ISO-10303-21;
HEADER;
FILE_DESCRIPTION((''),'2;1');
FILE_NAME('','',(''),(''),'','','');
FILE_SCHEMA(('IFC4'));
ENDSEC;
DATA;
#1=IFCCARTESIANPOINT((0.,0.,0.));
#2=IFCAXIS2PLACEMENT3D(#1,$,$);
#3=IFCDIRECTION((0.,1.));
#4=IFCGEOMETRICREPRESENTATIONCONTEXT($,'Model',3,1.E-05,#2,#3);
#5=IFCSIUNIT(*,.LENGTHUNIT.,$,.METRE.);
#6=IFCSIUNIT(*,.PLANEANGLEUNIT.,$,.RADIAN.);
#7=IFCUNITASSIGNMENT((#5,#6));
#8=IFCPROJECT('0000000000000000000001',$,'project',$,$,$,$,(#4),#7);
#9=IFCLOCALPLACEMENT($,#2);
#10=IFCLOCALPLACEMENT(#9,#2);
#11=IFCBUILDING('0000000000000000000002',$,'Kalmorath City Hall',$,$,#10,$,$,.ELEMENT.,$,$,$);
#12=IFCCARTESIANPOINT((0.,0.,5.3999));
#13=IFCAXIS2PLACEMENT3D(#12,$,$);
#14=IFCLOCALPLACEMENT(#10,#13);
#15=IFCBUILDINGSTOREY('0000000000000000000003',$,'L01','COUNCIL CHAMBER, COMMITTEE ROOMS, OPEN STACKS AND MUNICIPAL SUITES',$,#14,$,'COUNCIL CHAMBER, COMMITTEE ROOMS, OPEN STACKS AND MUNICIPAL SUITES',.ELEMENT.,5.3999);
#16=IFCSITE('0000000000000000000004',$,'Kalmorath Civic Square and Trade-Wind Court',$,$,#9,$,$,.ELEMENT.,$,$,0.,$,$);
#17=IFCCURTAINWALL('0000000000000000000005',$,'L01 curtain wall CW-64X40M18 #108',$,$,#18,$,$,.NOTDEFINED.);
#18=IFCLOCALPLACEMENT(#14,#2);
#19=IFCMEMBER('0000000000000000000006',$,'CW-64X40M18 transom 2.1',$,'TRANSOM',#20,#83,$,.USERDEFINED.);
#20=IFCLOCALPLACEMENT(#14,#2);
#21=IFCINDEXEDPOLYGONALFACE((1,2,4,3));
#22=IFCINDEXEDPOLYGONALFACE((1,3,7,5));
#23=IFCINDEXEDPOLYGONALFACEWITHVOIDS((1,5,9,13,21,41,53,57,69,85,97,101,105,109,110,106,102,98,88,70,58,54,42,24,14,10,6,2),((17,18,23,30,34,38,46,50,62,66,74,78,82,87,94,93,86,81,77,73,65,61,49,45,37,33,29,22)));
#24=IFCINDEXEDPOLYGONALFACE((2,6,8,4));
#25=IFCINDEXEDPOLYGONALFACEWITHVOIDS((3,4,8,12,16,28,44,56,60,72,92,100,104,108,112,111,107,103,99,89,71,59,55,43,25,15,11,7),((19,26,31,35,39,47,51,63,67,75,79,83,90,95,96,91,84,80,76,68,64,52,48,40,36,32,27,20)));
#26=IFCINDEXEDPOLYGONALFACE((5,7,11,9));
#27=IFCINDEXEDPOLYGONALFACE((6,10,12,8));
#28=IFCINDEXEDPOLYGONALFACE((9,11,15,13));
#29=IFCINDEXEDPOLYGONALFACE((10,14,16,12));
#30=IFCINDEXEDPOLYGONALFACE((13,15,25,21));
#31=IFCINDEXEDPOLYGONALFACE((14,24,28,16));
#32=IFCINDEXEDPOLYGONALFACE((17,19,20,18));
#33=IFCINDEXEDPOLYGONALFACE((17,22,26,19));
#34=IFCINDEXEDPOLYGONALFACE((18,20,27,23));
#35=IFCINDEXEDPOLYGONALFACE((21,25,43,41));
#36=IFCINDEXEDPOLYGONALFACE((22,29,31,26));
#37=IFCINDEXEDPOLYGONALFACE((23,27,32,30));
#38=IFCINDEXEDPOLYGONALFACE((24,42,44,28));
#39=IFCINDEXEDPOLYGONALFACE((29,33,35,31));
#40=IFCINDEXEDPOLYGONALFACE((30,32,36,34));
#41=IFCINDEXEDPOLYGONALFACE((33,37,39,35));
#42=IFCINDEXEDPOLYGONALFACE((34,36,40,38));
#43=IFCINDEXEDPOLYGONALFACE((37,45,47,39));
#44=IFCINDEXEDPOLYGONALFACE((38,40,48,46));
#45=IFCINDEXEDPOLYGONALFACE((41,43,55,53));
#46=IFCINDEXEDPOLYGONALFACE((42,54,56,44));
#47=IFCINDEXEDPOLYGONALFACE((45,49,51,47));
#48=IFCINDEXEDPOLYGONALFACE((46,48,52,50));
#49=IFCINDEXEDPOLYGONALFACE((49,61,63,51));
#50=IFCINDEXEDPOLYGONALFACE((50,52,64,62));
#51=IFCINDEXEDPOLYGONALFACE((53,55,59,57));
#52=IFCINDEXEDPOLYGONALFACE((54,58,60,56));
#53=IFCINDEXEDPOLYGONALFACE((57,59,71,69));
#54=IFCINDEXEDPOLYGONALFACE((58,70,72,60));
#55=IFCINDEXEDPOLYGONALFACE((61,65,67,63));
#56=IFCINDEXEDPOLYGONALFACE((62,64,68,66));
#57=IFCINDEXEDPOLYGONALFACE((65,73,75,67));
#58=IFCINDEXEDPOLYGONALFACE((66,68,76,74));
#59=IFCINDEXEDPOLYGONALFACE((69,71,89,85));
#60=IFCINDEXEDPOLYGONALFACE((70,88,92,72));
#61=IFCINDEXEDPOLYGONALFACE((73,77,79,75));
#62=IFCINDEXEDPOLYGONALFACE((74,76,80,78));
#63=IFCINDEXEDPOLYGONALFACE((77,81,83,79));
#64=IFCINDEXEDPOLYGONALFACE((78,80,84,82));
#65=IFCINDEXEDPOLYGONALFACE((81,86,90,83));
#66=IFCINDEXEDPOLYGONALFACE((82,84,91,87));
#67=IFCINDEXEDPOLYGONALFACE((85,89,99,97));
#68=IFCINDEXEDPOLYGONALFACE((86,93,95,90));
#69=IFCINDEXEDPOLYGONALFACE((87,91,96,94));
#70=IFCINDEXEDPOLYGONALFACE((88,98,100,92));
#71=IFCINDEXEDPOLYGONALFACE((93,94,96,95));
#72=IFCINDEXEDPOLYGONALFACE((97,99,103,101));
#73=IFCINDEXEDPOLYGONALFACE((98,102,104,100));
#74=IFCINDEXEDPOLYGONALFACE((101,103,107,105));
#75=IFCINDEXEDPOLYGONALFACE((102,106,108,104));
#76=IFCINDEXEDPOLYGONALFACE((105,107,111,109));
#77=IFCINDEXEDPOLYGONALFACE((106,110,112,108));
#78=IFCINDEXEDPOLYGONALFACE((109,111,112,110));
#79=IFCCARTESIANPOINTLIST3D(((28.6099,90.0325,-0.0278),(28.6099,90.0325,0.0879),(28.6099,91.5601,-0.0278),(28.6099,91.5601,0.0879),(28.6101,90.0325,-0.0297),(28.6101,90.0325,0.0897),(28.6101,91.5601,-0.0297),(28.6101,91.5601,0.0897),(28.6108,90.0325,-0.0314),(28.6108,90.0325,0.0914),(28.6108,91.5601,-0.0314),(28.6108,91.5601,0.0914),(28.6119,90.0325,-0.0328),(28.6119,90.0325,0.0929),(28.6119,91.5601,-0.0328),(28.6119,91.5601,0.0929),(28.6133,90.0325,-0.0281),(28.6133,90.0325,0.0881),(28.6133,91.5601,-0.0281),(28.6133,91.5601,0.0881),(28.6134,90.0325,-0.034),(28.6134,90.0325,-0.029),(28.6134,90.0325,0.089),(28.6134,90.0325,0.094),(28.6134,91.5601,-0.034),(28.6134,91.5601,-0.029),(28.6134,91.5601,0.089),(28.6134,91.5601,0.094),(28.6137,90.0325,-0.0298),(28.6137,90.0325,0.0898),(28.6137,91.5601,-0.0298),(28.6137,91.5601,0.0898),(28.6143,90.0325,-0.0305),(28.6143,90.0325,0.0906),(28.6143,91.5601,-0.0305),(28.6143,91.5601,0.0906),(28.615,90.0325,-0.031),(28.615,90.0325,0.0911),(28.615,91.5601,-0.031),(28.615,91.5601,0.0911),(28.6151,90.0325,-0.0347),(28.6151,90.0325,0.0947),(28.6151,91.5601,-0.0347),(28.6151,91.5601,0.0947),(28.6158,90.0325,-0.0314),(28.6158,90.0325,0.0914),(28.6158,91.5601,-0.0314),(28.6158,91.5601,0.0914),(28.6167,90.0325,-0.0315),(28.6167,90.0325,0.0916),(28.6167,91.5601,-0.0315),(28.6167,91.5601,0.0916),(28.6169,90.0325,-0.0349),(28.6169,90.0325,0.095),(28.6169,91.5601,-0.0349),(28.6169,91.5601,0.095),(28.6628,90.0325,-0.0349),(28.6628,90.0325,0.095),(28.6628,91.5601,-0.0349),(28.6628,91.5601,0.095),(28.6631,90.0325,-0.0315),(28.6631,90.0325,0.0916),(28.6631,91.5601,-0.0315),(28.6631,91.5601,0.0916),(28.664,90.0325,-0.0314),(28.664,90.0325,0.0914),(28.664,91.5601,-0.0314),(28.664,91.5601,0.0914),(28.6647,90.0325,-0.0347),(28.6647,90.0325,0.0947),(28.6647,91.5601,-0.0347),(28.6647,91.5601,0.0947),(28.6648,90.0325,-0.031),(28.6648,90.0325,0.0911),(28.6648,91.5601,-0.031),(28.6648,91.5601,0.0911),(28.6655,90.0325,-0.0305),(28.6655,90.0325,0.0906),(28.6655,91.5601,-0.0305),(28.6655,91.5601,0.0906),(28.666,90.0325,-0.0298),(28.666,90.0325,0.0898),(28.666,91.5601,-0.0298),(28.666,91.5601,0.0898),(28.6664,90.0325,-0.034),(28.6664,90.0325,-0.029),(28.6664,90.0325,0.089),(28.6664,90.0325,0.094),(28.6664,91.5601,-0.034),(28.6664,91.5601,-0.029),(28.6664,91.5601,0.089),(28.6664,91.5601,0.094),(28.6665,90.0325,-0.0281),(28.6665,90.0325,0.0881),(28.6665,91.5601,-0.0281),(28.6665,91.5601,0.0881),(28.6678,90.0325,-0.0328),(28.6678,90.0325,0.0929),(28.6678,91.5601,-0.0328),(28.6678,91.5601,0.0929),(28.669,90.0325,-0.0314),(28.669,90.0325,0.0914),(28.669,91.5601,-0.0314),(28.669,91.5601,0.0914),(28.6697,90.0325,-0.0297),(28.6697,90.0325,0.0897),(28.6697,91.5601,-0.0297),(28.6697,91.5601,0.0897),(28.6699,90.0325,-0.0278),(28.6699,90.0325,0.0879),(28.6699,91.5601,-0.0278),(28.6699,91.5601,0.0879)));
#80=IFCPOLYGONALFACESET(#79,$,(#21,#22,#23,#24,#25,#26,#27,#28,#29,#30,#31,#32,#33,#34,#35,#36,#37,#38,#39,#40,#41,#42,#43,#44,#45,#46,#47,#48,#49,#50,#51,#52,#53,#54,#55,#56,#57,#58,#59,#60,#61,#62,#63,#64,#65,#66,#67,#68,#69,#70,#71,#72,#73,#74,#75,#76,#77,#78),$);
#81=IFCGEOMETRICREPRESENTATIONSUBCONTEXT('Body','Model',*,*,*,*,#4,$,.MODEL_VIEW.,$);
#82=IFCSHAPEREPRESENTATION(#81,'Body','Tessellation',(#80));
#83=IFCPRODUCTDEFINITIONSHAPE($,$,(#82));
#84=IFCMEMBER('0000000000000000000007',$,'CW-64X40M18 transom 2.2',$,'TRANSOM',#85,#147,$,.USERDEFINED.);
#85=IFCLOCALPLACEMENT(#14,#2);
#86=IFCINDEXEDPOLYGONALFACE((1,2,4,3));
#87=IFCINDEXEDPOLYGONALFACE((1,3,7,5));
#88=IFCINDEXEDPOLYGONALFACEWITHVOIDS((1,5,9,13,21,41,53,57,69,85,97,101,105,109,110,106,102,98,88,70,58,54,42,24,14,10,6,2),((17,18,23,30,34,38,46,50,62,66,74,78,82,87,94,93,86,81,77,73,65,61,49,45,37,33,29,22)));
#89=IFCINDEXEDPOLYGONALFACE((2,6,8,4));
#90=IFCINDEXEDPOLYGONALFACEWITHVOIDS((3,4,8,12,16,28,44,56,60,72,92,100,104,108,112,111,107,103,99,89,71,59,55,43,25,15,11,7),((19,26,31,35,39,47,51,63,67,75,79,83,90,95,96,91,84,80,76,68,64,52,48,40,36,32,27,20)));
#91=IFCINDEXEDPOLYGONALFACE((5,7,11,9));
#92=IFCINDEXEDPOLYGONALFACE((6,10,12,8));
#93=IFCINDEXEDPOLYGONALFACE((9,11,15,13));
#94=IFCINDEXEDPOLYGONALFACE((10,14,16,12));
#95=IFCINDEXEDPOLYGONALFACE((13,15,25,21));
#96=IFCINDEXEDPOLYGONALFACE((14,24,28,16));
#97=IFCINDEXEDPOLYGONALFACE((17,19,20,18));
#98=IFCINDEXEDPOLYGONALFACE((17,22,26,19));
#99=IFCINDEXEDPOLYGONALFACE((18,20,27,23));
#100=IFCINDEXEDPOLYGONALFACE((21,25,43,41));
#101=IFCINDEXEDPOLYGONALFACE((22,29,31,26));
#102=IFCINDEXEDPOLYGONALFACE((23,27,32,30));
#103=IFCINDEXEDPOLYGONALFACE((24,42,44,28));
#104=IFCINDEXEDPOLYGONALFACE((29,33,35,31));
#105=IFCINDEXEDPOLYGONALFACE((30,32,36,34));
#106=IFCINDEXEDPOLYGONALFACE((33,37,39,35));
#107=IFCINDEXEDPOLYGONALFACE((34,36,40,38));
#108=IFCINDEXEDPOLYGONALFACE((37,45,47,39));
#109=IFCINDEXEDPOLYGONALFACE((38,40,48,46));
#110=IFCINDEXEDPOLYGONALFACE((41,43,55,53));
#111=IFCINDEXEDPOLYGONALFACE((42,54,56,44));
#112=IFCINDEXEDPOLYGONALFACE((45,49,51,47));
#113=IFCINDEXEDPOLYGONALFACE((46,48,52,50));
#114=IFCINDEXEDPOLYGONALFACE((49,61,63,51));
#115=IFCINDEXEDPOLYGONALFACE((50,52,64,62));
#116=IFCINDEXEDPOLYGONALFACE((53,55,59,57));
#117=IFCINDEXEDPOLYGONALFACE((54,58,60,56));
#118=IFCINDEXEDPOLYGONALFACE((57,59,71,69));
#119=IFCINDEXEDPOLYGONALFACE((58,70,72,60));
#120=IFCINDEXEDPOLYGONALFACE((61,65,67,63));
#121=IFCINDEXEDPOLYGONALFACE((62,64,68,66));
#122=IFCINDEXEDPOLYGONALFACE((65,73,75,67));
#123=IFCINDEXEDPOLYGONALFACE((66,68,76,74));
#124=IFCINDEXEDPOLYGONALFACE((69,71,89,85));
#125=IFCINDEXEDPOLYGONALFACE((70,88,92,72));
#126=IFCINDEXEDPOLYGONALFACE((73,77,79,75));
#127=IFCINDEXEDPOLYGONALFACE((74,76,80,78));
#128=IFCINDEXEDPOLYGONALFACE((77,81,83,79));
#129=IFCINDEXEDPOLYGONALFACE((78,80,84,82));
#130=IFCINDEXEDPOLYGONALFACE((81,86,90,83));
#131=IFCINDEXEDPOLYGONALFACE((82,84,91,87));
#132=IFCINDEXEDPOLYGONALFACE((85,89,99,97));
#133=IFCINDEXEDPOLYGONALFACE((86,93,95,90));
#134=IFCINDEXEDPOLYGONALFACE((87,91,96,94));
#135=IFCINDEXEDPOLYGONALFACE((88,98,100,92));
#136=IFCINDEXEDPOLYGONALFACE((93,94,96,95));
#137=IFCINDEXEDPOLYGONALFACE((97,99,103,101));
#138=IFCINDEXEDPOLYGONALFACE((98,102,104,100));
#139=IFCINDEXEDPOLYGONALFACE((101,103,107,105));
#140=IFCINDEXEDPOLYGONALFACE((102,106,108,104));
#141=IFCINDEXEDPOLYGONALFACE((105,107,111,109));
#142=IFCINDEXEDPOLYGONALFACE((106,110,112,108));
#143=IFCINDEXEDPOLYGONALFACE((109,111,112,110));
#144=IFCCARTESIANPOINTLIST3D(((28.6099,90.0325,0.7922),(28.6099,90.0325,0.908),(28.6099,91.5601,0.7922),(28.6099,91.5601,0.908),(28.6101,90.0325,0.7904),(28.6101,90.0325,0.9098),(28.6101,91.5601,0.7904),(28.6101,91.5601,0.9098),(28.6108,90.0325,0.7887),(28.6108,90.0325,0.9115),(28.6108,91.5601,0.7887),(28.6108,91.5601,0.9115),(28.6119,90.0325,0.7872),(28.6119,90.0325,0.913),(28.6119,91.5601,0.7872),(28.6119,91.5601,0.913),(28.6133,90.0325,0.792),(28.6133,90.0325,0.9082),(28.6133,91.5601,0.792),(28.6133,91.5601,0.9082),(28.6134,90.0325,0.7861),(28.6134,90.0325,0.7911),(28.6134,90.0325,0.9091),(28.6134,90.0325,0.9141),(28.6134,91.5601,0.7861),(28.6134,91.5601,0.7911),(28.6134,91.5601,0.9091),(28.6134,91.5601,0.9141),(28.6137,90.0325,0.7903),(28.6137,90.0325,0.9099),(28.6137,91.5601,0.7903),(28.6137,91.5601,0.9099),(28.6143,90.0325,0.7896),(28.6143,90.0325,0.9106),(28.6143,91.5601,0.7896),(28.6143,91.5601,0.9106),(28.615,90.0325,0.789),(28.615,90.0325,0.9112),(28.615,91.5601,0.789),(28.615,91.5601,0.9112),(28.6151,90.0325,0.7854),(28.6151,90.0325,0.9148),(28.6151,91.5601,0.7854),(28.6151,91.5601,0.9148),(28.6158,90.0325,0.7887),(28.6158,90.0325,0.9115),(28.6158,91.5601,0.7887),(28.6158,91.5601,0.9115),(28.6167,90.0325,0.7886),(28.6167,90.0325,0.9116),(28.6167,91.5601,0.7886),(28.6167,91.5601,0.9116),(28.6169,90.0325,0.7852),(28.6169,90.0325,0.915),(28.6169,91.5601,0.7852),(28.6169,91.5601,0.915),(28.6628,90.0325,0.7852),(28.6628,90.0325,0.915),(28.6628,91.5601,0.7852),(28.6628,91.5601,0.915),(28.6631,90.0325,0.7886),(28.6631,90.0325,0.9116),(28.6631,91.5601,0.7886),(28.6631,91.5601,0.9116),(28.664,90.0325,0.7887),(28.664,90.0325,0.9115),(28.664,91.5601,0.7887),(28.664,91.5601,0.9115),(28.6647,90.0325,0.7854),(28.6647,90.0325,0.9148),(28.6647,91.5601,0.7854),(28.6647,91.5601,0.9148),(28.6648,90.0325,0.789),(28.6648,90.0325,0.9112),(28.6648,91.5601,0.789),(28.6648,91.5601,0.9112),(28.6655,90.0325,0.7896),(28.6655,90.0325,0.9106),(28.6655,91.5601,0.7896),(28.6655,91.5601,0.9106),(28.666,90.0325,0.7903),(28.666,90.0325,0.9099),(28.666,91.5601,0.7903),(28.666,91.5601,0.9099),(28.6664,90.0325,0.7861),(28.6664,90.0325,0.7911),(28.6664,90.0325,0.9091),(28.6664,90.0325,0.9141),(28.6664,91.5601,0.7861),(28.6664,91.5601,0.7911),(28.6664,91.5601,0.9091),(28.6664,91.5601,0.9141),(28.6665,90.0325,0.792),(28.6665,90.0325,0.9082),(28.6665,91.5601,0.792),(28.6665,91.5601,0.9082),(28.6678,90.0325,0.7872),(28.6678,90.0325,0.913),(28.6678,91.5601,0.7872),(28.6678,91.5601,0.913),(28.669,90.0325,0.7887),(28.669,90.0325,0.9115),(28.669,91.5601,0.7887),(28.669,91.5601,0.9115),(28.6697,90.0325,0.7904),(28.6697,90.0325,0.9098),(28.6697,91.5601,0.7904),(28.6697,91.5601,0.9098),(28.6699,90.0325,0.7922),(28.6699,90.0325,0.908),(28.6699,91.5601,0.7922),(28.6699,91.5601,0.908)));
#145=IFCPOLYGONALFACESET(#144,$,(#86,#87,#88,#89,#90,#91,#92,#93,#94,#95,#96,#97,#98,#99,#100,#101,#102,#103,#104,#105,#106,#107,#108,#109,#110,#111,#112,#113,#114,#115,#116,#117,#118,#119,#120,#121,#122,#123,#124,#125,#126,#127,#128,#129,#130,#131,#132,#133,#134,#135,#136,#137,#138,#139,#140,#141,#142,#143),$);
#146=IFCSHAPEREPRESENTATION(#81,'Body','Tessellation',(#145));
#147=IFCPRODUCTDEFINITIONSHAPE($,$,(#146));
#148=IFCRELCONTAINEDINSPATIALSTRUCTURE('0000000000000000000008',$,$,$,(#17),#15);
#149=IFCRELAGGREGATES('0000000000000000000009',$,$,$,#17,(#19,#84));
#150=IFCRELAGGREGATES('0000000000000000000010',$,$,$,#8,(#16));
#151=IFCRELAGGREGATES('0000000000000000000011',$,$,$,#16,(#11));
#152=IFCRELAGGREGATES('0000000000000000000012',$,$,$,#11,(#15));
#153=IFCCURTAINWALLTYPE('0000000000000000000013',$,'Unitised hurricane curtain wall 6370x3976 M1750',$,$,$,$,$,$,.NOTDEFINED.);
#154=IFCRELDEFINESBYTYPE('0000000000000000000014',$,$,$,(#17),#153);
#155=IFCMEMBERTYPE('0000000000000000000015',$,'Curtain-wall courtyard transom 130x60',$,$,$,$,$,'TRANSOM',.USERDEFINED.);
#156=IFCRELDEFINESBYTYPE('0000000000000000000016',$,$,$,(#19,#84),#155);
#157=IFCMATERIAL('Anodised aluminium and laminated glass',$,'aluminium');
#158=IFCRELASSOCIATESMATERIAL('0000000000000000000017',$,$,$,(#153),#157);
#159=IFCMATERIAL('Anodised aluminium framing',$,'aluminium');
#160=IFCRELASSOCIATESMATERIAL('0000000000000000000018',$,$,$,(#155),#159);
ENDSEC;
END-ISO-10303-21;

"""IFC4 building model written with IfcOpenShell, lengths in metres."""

from ifc_helpers import new_model, si_unit, direction, frame, origin, origin_2d, place, context, subcontext, project, spatial, hollow_rectangle, extrude, material, material_profile, profile_set, type_object, element, aggregate, save


model = new_model("IFC4")

# Units and contexts
model_context = context("Model", 3, precision=1e-05, world=origin(), true_north=direction((0.0, 1.0)))
body_context = subcontext(model_context, "Body", "Model", "MODEL_VIEW")
ifc_project = project(units=[si_unit("LENGTHUNIT", "METRE"), si_unit("PLANEANGLEUNIT", "RADIAN")], contexts=[model_context])

# Site, building, storey
site_placement = place(None, origin())
site = spatial("IfcSite", under=ifc_project, at=site_placement, Name="Kalmorath Civic Square and Trade-Wind Court", CompositionType="ELEMENT", RefElevation=0.0)
building_placement = place(site_placement, origin())
building = spatial("IfcBuilding", under=site, at=building_placement, Name="Kalmorath City Hall", CompositionType="ELEMENT")
storey_placement = place(building_placement, frame((0.0, 0.0, 5.3999)))
storey = spatial("IfcBuildingStorey", under=building, at=storey_placement, Name="L01", Description="COUNCIL CHAMBER, COMMITTEE ROOMS, OPEN STACKS AND MUNICIPAL SUITES", LongName="COUNCIL CHAMBER, COMMITTEE ROOMS, OPEN STACKS AND MUNICIPAL SUITES", CompositionType="ELEMENT", Elevation=5.3999)

# Curtain wall, members
ifc_material_1 = material(Name="Anodised aluminium and laminated glass", Category="aluminium")
curtain_wall_type = type_object("IfcCurtainWallType", Name="Unitised hurricane curtain wall 6370x3976 M1750", PredefinedType="NOTDEFINED", material=ifc_material_1)
curtain_wall_placement = place(storey_placement, origin())
curtain_wall = element("IfcCurtainWall", 1, at=curtain_wall_placement, inside=storey, type_object=curtain_wall_type, Name="L01 curtain wall CW-64X40M18 #108", PredefinedType="NOTDEFINED")
ifc_material_2 = material(Name="Anodised aluminium framing", Category="aluminium")
ifc_material_profile_1 = material_profile(ifc_material_2, hollow_rectangle(XDim=0.0601, YDim=0.1299, WallThickness=0.0034, InnerFilletRadius=0.0034, OuterFilletRadius=0.0071, at=origin_2d()), Name="ALU-TRN-130X60X3.5")
ifc_profile_set_1 = profile_set([ifc_material_profile_1], Name="Anodised aluminium framing")
member_type_1 = type_object("IfcMemberType", Name="Curtain-wall courtyard transom 130x60", ElementType="TRANSOM", PredefinedType="USERDEFINED", material=ifc_profile_set_1)
member_1_placement = place(storey_placement, frame((28.6399, 91.5601, 0.03), z_axis=(0.0, -1.0, 0.0), x_axis=(1.0, 0.0, 0.0)))
member_1 = element("IfcMember", 2, at=member_1_placement, type_object=member_type_1, Name="CW-64X40M18 transom 2.1", ObjectType="TRANSOM", PredefinedType="USERDEFINED", context=body_context, shape_type="SweptSolid", body=[
    extrude(hollow_rectangle(XDim=0.0601, YDim=0.1299, WallThickness=0.0034, InnerFilletRadius=0.0034, OuterFilletRadius=0.0071, at=origin_2d()), origin(), (0.0, 0.0, 1.0), 1.5276),
])
member_2_placement = place(storey_placement, frame((28.6399, 91.5601, 0.8501), z_axis=(0.0, -1.0, 0.0), x_axis=(1.0, 0.0, 0.0)))
member_2 = element("IfcMember", 3, at=member_2_placement, type_object=member_type_1, Name="CW-64X40M18 transom 2.2", ObjectType="TRANSOM", PredefinedType="USERDEFINED", context=body_context, shape_type="SweptSolid", body=[
    extrude(hollow_rectangle(XDim=0.0601, YDim=0.1299, WallThickness=0.0034, InnerFilletRadius=0.0034, OuterFilletRadius=0.0071, at=origin_2d()), origin(), (0.0, 0.0, 1.0), 1.5276),
])
aggregate(curtain_wall, [member_1, member_2])

save(model, "model.ifc")
